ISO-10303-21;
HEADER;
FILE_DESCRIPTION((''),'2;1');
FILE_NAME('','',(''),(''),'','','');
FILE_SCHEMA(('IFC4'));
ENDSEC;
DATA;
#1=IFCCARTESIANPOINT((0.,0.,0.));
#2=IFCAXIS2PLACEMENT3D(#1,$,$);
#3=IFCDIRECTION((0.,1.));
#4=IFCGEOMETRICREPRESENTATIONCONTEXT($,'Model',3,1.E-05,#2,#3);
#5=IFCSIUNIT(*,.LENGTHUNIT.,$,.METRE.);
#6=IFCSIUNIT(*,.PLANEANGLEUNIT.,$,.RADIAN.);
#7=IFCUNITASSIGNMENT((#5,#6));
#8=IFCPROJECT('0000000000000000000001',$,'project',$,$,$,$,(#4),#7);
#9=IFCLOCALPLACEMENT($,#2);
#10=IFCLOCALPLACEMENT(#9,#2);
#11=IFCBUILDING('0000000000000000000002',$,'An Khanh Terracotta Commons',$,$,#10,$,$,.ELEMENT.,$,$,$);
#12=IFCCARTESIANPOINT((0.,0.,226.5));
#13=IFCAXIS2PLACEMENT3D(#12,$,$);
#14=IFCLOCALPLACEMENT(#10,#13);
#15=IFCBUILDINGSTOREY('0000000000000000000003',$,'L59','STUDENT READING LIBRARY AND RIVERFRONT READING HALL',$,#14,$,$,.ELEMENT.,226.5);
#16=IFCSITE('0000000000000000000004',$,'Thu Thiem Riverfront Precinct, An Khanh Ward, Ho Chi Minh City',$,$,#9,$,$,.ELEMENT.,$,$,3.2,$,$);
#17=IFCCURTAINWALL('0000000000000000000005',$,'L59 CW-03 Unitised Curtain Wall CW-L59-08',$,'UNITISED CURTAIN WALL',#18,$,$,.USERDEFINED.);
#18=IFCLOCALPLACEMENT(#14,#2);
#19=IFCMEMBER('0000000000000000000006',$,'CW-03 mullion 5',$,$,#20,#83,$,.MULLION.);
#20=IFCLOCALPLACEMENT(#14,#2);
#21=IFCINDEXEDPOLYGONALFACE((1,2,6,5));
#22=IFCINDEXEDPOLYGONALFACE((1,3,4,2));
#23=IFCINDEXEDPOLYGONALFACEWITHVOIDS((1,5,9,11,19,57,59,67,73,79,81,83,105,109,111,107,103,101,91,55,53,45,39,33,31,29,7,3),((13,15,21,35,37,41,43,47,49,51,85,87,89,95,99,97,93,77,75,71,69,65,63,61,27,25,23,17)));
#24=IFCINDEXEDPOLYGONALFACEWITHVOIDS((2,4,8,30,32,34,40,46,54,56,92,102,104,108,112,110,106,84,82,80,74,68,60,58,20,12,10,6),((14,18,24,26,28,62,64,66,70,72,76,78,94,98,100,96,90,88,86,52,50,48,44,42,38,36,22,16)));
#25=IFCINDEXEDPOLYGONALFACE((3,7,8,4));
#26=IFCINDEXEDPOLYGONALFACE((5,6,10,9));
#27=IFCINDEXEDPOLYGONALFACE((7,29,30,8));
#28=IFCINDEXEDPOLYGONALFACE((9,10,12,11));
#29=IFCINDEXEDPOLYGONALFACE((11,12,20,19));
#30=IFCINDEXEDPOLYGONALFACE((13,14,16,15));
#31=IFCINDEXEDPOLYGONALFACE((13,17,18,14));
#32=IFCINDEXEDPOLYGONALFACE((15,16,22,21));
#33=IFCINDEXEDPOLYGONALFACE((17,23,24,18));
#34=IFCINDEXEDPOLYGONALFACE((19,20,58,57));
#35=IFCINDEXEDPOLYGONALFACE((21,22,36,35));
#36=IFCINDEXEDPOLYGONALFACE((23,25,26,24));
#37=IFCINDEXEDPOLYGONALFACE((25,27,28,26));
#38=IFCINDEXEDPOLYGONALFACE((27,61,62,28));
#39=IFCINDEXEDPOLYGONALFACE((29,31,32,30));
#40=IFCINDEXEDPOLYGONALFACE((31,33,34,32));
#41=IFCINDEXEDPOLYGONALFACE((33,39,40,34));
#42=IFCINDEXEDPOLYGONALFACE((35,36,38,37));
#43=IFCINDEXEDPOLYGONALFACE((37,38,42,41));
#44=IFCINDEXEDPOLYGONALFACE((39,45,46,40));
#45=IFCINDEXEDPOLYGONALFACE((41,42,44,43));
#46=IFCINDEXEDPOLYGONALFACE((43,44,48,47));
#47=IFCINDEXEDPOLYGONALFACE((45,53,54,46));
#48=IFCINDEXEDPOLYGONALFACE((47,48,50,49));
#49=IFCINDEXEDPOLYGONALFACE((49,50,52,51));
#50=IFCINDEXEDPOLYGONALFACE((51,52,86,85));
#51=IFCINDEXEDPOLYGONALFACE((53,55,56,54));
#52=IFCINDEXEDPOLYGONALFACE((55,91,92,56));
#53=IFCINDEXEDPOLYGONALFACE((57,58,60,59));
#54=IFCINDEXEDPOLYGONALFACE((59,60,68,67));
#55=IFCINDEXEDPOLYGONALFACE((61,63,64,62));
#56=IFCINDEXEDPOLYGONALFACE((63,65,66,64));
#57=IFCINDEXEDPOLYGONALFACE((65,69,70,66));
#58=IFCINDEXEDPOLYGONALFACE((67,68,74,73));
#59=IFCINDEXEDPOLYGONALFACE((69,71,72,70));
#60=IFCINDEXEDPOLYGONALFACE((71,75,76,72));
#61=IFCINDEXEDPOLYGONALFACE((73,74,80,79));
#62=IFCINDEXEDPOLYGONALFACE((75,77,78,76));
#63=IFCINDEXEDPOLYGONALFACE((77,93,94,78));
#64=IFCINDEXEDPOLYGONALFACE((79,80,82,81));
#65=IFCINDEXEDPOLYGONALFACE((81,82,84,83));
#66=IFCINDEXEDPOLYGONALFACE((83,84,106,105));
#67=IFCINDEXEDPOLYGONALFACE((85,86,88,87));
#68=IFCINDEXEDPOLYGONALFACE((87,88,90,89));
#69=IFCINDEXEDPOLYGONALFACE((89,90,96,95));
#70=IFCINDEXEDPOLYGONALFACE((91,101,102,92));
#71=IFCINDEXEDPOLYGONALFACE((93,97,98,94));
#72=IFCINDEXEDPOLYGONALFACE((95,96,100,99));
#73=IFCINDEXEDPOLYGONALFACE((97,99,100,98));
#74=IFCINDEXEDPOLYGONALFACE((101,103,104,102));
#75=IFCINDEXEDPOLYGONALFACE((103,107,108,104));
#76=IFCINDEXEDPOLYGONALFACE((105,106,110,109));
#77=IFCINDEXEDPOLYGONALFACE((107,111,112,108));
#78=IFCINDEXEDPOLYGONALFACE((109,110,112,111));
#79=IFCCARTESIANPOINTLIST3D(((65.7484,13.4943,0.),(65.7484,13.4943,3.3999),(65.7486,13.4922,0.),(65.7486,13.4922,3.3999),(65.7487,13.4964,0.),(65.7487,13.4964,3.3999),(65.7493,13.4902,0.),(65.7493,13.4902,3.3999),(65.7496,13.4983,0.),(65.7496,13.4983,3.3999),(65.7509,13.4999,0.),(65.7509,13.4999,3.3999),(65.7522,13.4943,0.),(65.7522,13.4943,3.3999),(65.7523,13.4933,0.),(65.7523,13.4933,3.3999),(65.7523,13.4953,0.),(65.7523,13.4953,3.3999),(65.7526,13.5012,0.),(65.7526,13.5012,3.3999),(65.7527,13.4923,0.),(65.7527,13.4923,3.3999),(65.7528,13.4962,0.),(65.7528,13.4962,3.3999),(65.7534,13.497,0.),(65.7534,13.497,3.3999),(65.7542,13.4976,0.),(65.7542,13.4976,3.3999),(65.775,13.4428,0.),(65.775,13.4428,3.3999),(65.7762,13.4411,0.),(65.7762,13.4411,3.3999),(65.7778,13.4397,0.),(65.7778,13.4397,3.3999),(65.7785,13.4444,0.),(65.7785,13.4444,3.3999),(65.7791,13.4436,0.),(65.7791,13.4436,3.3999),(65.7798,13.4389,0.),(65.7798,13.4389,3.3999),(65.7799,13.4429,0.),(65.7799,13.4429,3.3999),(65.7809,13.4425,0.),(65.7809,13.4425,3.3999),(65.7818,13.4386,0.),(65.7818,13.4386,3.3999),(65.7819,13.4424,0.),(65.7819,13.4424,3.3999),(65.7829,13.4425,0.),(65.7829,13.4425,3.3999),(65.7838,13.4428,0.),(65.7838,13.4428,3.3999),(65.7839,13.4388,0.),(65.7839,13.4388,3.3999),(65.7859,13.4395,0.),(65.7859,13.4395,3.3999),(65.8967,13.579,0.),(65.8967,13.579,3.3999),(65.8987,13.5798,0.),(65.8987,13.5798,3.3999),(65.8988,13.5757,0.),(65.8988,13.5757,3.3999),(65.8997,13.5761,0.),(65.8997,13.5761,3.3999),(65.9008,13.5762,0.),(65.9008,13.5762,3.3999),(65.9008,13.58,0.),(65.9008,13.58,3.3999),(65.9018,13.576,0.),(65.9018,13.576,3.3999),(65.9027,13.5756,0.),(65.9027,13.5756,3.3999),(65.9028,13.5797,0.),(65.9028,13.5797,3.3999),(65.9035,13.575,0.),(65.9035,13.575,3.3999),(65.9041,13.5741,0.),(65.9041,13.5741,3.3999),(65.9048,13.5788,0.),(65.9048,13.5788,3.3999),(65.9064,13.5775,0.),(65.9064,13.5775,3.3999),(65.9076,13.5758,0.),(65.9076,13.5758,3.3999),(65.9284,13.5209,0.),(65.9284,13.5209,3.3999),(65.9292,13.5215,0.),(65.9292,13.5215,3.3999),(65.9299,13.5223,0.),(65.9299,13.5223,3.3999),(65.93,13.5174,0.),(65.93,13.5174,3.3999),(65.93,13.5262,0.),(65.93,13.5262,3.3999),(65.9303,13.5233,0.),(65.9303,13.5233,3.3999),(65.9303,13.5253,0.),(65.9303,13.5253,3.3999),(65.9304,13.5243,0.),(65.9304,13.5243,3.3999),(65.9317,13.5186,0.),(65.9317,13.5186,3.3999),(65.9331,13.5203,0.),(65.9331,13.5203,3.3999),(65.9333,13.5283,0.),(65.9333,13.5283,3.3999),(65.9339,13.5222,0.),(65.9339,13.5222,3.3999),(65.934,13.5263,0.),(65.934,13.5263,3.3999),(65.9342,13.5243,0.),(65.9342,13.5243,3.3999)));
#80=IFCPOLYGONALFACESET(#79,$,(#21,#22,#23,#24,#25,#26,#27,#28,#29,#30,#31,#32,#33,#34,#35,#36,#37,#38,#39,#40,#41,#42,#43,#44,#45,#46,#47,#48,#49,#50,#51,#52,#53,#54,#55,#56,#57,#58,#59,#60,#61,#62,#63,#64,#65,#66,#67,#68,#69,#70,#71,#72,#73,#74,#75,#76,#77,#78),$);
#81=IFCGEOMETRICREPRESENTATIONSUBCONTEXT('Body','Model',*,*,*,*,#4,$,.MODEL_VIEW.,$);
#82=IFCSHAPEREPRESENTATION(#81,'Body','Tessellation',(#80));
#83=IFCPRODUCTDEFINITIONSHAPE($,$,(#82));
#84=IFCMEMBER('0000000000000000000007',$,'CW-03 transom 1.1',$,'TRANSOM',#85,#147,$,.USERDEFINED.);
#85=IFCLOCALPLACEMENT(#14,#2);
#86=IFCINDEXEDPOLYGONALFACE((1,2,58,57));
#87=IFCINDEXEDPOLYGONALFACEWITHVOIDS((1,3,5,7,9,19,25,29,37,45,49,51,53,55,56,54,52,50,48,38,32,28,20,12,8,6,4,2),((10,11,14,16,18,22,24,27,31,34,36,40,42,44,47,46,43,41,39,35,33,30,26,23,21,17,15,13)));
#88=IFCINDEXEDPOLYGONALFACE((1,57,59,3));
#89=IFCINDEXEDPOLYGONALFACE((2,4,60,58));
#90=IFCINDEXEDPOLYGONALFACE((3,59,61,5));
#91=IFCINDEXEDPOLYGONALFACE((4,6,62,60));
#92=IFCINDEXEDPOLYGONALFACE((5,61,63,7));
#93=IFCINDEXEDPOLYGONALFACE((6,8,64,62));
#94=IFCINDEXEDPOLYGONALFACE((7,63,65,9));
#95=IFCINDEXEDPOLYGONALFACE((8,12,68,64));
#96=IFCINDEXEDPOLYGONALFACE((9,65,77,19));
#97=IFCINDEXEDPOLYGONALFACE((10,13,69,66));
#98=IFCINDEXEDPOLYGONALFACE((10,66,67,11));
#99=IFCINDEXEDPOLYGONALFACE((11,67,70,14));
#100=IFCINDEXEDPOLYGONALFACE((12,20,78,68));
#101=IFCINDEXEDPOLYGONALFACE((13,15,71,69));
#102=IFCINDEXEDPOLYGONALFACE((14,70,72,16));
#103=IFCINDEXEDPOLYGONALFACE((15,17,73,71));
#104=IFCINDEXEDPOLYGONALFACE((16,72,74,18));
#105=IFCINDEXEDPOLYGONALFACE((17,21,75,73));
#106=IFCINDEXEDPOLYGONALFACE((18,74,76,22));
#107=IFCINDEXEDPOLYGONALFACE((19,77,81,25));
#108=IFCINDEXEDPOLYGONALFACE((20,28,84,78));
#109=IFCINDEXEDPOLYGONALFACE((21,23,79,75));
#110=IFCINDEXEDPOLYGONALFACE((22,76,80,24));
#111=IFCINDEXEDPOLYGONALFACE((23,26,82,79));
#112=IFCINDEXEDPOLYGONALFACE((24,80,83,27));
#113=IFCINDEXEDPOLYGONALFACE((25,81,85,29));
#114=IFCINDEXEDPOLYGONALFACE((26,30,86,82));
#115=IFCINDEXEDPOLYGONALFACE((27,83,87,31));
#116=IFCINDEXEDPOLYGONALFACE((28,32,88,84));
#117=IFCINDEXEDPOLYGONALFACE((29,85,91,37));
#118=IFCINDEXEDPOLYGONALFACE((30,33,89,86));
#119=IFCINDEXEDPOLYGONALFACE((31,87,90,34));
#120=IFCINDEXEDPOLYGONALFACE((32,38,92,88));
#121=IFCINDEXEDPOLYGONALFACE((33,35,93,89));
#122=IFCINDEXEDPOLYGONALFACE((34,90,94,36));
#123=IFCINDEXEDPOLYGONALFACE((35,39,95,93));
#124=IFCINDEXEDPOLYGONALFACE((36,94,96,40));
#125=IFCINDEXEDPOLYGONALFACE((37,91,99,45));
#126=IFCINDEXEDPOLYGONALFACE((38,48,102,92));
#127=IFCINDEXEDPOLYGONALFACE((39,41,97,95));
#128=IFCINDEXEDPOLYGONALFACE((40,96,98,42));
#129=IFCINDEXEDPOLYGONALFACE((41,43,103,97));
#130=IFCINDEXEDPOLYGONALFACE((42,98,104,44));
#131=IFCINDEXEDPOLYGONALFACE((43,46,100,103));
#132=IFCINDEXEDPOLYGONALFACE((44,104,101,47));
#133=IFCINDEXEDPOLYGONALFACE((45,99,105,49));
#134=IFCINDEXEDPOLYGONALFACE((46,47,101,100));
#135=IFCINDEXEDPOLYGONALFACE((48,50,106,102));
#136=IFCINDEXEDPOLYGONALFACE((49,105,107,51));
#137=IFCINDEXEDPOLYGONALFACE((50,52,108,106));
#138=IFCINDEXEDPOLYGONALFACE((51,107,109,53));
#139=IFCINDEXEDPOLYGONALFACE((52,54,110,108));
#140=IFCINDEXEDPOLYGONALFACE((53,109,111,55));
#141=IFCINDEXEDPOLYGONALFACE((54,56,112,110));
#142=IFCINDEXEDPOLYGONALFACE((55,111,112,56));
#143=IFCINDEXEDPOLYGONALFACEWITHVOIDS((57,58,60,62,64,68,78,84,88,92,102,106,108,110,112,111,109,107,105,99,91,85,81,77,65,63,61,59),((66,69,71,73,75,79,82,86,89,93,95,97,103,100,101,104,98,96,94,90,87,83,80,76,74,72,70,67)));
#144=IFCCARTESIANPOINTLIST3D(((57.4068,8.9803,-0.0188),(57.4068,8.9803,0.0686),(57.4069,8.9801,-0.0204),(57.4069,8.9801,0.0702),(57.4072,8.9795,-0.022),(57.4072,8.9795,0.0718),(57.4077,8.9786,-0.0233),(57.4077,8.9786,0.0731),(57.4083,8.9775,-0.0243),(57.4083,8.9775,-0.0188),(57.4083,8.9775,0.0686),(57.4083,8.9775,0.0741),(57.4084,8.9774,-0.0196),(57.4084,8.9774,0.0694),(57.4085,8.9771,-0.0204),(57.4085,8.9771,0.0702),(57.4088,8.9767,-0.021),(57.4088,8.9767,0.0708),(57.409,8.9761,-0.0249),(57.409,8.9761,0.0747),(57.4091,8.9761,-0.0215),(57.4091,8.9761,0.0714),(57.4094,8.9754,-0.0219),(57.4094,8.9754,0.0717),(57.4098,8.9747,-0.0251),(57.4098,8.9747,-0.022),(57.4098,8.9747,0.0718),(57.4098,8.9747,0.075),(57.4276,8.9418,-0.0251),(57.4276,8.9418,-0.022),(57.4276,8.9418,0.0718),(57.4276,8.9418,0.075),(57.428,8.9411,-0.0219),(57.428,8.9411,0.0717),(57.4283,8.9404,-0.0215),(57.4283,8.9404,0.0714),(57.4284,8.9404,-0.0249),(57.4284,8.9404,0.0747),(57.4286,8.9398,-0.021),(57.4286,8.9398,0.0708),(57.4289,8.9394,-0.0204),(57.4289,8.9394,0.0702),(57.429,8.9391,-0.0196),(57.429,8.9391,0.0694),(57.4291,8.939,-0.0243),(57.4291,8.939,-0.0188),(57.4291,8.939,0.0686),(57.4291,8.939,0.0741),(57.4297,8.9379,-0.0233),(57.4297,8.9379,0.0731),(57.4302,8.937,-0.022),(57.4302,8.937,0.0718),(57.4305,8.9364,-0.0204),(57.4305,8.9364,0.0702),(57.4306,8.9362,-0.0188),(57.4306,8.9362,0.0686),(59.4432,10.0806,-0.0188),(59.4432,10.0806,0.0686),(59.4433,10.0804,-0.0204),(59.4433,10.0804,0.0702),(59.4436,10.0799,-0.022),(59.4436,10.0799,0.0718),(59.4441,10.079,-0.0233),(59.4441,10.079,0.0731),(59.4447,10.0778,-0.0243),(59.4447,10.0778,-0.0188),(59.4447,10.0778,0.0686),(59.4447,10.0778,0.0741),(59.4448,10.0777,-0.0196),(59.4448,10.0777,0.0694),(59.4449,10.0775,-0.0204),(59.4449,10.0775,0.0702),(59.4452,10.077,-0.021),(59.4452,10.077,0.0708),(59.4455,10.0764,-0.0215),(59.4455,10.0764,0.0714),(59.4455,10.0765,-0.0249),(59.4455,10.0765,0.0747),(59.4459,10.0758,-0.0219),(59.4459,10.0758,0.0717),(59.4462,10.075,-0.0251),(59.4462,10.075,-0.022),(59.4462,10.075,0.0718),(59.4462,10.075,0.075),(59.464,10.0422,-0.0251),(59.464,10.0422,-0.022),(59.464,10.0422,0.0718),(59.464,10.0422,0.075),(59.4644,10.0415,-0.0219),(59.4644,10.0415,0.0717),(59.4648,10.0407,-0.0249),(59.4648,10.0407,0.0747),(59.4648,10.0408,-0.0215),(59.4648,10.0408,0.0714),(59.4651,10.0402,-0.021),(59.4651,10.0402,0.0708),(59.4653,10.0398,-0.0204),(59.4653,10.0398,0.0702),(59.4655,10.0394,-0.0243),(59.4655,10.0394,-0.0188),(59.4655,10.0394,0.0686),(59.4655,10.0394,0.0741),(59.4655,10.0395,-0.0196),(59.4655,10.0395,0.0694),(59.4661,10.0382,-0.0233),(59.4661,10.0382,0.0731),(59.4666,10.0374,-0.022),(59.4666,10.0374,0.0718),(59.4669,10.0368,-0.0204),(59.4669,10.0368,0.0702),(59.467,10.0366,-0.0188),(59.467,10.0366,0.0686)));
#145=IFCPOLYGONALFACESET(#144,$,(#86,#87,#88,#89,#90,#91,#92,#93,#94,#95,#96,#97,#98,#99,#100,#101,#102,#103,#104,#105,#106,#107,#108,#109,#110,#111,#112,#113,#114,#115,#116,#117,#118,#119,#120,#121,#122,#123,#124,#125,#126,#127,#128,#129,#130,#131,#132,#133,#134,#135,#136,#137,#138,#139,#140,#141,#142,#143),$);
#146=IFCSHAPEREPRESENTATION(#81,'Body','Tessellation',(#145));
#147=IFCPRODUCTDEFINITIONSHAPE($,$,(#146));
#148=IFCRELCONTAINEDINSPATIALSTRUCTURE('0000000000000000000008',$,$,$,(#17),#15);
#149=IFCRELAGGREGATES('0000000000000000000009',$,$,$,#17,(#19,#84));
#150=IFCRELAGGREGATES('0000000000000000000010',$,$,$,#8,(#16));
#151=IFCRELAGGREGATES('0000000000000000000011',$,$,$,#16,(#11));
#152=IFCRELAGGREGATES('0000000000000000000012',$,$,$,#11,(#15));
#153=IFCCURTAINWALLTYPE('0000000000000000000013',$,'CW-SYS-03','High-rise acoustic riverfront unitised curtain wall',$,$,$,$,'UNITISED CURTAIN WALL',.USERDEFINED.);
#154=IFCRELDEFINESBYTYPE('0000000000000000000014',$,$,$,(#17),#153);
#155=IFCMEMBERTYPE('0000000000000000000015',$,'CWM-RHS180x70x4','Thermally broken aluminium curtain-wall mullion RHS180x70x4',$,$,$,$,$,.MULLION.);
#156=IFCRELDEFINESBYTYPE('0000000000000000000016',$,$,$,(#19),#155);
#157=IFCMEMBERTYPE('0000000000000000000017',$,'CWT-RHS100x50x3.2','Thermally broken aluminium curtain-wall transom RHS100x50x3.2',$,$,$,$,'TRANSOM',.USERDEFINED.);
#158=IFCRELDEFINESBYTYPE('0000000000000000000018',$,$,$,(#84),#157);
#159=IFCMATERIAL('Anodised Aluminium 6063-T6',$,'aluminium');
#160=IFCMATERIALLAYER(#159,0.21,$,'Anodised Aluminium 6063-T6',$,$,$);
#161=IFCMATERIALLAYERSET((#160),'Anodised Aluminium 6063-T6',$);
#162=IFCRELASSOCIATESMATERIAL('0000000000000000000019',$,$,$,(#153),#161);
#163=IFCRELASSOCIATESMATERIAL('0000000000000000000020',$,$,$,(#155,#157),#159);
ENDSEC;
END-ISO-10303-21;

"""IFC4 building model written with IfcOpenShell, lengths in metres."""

from ifc_helpers import new_model, si_unit, direction, frame, origin, origin_2d, place, context, subcontext, project, spatial, hollow_rectangle, extrude, material, layer, layer_set, material_profile, profile_set, type_object, element, aggregate, save


model = new_model("IFC4")

# Units and contexts
model_context = context("Model", 3, precision=1e-05, world=origin(), true_north=direction((0.0, 1.0)))
body_context = subcontext(model_context, "Body", "Model", "MODEL_VIEW")
ifc_project = project(units=[si_unit("LENGTHUNIT", "METRE"), si_unit("PLANEANGLEUNIT", "RADIAN")], contexts=[model_context])

# Site, building, storey
site_placement = place(None, origin())
site = spatial("IfcSite", under=ifc_project, at=site_placement, Name="Thu Thiem Riverfront Precinct, An Khanh Ward, Ho Chi Minh City", CompositionType="ELEMENT", RefElevation=3.2)
building_placement = place(site_placement, origin())
building = spatial("IfcBuilding", under=site, at=building_placement, Name="An Khanh Terracotta Commons", CompositionType="ELEMENT")
storey_placement = place(building_placement, frame((0.0, 0.0, 226.5)))
storey = spatial("IfcBuildingStorey", under=building, at=storey_placement, Name="L59", Description="STUDENT READING LIBRARY AND RIVERFRONT READING HALL", CompositionType="ELEMENT", Elevation=226.5)

# Curtain wall, members
ifc_material_1 = material(Name="Anodised Aluminium 6063-T6", Category="aluminium")
ifc_layer_1 = layer(ifc_material_1, 0.21, Name="Anodised Aluminium 6063-T6")
ifc_layer_set_1 = layer_set([ifc_layer_1], Name="Anodised Aluminium 6063-T6")
curtain_wall_type = type_object("IfcCurtainWallType", Name="CW-SYS-03", Description="High-rise acoustic riverfront unitised curtain wall", ElementType="UNITISED CURTAIN WALL", PredefinedType="USERDEFINED", material=ifc_layer_set_1)
curtain_wall_placement = place(storey_placement, origin())
curtain_wall = element("IfcCurtainWall", 1, at=curtain_wall_placement, inside=storey, type_object=curtain_wall_type, Name="L59 CW-03 Unitised Curtain Wall CW-L59-08", ObjectType="UNITISED CURTAIN WALL", PredefinedType="USERDEFINED")
ifc_material_profile_1 = material_profile(ifc_material_1, hollow_rectangle(XDim=0.0701, YDim=0.1799, WallThickness=0.0039, InnerFilletRadius=0.0039, OuterFilletRadius=0.0081, at=origin_2d()), Name="RHS180x70x4")
ifc_profile_set_1 = profile_set([ifc_material_profile_1], Name="Anodised Aluminium 6063-T6")
member_type_1 = type_object("IfcMemberType", Name="CWM-RHS180x70x4", Description="Thermally broken aluminium curtain-wall mullion RHS180x70x4", PredefinedType="MULLION", material=ifc_profile_set_1)
member_1_placement = place(storey_placement, frame((65.8413, 13.5093, 0.0), z_axis=(0.0, 0.0, 1.0), x_axis=(-0.475381, 0.87978, 0.0)))
member_1 = element("IfcMember", 2, at=member_1_placement, type_object=member_type_1, Name="CW-03 mullion 5", PredefinedType="MULLION", context=body_context, shape_type="SweptSolid", body=[
    extrude(hollow_rectangle(XDim=0.0701, YDim=0.1799, WallThickness=0.0039, InnerFilletRadius=0.0039, OuterFilletRadius=0.0081, at=origin_2d()), origin(), (0.0, 0.0, 1.0), 3.3999),
])
ifc_material_profile_2 = material_profile(ifc_material_1, hollow_rectangle(XDim=0.05, YDim=0.1001, WallThickness=0.0032, InnerFilletRadius=0.0032, OuterFilletRadius=0.0063, at=origin_2d()), Name="RHS100x50x3.2")
ifc_profile_set_2 = profile_set([ifc_material_profile_2], Name="Anodised Aluminium 6063-T6")
member_type_2 = type_object("IfcMemberType", Name="CWT-RHS100x50x3.2", Description="Thermally broken aluminium curtain-wall transom RHS100x50x3.2", ElementType="TRANSOM", PredefinedType="USERDEFINED", material=ifc_profile_set_2)
member_2_placement = place(storey_placement, frame((57.4187, 8.9583, 0.0249), z_axis=(0.879779, 0.475382, 0.0), x_axis=(-0.475382, 0.879779, 0.0)))
member_2 = element("IfcMember", 3, at=member_2_placement, type_object=member_type_2, Name="CW-03 transom 1.1", ObjectType="TRANSOM", PredefinedType="USERDEFINED", context=body_context, shape_type="SweptSolid", body=[
    extrude(hollow_rectangle(XDim=0.05, YDim=0.1001, WallThickness=0.0032, InnerFilletRadius=0.0032, OuterFilletRadius=0.0063, at=origin_2d()), origin(), (0.0, 0.0, 1.0), 2.3147),
])
aggregate(curtain_wall, [member_1, member_2])

save(model, "model.ifc")
